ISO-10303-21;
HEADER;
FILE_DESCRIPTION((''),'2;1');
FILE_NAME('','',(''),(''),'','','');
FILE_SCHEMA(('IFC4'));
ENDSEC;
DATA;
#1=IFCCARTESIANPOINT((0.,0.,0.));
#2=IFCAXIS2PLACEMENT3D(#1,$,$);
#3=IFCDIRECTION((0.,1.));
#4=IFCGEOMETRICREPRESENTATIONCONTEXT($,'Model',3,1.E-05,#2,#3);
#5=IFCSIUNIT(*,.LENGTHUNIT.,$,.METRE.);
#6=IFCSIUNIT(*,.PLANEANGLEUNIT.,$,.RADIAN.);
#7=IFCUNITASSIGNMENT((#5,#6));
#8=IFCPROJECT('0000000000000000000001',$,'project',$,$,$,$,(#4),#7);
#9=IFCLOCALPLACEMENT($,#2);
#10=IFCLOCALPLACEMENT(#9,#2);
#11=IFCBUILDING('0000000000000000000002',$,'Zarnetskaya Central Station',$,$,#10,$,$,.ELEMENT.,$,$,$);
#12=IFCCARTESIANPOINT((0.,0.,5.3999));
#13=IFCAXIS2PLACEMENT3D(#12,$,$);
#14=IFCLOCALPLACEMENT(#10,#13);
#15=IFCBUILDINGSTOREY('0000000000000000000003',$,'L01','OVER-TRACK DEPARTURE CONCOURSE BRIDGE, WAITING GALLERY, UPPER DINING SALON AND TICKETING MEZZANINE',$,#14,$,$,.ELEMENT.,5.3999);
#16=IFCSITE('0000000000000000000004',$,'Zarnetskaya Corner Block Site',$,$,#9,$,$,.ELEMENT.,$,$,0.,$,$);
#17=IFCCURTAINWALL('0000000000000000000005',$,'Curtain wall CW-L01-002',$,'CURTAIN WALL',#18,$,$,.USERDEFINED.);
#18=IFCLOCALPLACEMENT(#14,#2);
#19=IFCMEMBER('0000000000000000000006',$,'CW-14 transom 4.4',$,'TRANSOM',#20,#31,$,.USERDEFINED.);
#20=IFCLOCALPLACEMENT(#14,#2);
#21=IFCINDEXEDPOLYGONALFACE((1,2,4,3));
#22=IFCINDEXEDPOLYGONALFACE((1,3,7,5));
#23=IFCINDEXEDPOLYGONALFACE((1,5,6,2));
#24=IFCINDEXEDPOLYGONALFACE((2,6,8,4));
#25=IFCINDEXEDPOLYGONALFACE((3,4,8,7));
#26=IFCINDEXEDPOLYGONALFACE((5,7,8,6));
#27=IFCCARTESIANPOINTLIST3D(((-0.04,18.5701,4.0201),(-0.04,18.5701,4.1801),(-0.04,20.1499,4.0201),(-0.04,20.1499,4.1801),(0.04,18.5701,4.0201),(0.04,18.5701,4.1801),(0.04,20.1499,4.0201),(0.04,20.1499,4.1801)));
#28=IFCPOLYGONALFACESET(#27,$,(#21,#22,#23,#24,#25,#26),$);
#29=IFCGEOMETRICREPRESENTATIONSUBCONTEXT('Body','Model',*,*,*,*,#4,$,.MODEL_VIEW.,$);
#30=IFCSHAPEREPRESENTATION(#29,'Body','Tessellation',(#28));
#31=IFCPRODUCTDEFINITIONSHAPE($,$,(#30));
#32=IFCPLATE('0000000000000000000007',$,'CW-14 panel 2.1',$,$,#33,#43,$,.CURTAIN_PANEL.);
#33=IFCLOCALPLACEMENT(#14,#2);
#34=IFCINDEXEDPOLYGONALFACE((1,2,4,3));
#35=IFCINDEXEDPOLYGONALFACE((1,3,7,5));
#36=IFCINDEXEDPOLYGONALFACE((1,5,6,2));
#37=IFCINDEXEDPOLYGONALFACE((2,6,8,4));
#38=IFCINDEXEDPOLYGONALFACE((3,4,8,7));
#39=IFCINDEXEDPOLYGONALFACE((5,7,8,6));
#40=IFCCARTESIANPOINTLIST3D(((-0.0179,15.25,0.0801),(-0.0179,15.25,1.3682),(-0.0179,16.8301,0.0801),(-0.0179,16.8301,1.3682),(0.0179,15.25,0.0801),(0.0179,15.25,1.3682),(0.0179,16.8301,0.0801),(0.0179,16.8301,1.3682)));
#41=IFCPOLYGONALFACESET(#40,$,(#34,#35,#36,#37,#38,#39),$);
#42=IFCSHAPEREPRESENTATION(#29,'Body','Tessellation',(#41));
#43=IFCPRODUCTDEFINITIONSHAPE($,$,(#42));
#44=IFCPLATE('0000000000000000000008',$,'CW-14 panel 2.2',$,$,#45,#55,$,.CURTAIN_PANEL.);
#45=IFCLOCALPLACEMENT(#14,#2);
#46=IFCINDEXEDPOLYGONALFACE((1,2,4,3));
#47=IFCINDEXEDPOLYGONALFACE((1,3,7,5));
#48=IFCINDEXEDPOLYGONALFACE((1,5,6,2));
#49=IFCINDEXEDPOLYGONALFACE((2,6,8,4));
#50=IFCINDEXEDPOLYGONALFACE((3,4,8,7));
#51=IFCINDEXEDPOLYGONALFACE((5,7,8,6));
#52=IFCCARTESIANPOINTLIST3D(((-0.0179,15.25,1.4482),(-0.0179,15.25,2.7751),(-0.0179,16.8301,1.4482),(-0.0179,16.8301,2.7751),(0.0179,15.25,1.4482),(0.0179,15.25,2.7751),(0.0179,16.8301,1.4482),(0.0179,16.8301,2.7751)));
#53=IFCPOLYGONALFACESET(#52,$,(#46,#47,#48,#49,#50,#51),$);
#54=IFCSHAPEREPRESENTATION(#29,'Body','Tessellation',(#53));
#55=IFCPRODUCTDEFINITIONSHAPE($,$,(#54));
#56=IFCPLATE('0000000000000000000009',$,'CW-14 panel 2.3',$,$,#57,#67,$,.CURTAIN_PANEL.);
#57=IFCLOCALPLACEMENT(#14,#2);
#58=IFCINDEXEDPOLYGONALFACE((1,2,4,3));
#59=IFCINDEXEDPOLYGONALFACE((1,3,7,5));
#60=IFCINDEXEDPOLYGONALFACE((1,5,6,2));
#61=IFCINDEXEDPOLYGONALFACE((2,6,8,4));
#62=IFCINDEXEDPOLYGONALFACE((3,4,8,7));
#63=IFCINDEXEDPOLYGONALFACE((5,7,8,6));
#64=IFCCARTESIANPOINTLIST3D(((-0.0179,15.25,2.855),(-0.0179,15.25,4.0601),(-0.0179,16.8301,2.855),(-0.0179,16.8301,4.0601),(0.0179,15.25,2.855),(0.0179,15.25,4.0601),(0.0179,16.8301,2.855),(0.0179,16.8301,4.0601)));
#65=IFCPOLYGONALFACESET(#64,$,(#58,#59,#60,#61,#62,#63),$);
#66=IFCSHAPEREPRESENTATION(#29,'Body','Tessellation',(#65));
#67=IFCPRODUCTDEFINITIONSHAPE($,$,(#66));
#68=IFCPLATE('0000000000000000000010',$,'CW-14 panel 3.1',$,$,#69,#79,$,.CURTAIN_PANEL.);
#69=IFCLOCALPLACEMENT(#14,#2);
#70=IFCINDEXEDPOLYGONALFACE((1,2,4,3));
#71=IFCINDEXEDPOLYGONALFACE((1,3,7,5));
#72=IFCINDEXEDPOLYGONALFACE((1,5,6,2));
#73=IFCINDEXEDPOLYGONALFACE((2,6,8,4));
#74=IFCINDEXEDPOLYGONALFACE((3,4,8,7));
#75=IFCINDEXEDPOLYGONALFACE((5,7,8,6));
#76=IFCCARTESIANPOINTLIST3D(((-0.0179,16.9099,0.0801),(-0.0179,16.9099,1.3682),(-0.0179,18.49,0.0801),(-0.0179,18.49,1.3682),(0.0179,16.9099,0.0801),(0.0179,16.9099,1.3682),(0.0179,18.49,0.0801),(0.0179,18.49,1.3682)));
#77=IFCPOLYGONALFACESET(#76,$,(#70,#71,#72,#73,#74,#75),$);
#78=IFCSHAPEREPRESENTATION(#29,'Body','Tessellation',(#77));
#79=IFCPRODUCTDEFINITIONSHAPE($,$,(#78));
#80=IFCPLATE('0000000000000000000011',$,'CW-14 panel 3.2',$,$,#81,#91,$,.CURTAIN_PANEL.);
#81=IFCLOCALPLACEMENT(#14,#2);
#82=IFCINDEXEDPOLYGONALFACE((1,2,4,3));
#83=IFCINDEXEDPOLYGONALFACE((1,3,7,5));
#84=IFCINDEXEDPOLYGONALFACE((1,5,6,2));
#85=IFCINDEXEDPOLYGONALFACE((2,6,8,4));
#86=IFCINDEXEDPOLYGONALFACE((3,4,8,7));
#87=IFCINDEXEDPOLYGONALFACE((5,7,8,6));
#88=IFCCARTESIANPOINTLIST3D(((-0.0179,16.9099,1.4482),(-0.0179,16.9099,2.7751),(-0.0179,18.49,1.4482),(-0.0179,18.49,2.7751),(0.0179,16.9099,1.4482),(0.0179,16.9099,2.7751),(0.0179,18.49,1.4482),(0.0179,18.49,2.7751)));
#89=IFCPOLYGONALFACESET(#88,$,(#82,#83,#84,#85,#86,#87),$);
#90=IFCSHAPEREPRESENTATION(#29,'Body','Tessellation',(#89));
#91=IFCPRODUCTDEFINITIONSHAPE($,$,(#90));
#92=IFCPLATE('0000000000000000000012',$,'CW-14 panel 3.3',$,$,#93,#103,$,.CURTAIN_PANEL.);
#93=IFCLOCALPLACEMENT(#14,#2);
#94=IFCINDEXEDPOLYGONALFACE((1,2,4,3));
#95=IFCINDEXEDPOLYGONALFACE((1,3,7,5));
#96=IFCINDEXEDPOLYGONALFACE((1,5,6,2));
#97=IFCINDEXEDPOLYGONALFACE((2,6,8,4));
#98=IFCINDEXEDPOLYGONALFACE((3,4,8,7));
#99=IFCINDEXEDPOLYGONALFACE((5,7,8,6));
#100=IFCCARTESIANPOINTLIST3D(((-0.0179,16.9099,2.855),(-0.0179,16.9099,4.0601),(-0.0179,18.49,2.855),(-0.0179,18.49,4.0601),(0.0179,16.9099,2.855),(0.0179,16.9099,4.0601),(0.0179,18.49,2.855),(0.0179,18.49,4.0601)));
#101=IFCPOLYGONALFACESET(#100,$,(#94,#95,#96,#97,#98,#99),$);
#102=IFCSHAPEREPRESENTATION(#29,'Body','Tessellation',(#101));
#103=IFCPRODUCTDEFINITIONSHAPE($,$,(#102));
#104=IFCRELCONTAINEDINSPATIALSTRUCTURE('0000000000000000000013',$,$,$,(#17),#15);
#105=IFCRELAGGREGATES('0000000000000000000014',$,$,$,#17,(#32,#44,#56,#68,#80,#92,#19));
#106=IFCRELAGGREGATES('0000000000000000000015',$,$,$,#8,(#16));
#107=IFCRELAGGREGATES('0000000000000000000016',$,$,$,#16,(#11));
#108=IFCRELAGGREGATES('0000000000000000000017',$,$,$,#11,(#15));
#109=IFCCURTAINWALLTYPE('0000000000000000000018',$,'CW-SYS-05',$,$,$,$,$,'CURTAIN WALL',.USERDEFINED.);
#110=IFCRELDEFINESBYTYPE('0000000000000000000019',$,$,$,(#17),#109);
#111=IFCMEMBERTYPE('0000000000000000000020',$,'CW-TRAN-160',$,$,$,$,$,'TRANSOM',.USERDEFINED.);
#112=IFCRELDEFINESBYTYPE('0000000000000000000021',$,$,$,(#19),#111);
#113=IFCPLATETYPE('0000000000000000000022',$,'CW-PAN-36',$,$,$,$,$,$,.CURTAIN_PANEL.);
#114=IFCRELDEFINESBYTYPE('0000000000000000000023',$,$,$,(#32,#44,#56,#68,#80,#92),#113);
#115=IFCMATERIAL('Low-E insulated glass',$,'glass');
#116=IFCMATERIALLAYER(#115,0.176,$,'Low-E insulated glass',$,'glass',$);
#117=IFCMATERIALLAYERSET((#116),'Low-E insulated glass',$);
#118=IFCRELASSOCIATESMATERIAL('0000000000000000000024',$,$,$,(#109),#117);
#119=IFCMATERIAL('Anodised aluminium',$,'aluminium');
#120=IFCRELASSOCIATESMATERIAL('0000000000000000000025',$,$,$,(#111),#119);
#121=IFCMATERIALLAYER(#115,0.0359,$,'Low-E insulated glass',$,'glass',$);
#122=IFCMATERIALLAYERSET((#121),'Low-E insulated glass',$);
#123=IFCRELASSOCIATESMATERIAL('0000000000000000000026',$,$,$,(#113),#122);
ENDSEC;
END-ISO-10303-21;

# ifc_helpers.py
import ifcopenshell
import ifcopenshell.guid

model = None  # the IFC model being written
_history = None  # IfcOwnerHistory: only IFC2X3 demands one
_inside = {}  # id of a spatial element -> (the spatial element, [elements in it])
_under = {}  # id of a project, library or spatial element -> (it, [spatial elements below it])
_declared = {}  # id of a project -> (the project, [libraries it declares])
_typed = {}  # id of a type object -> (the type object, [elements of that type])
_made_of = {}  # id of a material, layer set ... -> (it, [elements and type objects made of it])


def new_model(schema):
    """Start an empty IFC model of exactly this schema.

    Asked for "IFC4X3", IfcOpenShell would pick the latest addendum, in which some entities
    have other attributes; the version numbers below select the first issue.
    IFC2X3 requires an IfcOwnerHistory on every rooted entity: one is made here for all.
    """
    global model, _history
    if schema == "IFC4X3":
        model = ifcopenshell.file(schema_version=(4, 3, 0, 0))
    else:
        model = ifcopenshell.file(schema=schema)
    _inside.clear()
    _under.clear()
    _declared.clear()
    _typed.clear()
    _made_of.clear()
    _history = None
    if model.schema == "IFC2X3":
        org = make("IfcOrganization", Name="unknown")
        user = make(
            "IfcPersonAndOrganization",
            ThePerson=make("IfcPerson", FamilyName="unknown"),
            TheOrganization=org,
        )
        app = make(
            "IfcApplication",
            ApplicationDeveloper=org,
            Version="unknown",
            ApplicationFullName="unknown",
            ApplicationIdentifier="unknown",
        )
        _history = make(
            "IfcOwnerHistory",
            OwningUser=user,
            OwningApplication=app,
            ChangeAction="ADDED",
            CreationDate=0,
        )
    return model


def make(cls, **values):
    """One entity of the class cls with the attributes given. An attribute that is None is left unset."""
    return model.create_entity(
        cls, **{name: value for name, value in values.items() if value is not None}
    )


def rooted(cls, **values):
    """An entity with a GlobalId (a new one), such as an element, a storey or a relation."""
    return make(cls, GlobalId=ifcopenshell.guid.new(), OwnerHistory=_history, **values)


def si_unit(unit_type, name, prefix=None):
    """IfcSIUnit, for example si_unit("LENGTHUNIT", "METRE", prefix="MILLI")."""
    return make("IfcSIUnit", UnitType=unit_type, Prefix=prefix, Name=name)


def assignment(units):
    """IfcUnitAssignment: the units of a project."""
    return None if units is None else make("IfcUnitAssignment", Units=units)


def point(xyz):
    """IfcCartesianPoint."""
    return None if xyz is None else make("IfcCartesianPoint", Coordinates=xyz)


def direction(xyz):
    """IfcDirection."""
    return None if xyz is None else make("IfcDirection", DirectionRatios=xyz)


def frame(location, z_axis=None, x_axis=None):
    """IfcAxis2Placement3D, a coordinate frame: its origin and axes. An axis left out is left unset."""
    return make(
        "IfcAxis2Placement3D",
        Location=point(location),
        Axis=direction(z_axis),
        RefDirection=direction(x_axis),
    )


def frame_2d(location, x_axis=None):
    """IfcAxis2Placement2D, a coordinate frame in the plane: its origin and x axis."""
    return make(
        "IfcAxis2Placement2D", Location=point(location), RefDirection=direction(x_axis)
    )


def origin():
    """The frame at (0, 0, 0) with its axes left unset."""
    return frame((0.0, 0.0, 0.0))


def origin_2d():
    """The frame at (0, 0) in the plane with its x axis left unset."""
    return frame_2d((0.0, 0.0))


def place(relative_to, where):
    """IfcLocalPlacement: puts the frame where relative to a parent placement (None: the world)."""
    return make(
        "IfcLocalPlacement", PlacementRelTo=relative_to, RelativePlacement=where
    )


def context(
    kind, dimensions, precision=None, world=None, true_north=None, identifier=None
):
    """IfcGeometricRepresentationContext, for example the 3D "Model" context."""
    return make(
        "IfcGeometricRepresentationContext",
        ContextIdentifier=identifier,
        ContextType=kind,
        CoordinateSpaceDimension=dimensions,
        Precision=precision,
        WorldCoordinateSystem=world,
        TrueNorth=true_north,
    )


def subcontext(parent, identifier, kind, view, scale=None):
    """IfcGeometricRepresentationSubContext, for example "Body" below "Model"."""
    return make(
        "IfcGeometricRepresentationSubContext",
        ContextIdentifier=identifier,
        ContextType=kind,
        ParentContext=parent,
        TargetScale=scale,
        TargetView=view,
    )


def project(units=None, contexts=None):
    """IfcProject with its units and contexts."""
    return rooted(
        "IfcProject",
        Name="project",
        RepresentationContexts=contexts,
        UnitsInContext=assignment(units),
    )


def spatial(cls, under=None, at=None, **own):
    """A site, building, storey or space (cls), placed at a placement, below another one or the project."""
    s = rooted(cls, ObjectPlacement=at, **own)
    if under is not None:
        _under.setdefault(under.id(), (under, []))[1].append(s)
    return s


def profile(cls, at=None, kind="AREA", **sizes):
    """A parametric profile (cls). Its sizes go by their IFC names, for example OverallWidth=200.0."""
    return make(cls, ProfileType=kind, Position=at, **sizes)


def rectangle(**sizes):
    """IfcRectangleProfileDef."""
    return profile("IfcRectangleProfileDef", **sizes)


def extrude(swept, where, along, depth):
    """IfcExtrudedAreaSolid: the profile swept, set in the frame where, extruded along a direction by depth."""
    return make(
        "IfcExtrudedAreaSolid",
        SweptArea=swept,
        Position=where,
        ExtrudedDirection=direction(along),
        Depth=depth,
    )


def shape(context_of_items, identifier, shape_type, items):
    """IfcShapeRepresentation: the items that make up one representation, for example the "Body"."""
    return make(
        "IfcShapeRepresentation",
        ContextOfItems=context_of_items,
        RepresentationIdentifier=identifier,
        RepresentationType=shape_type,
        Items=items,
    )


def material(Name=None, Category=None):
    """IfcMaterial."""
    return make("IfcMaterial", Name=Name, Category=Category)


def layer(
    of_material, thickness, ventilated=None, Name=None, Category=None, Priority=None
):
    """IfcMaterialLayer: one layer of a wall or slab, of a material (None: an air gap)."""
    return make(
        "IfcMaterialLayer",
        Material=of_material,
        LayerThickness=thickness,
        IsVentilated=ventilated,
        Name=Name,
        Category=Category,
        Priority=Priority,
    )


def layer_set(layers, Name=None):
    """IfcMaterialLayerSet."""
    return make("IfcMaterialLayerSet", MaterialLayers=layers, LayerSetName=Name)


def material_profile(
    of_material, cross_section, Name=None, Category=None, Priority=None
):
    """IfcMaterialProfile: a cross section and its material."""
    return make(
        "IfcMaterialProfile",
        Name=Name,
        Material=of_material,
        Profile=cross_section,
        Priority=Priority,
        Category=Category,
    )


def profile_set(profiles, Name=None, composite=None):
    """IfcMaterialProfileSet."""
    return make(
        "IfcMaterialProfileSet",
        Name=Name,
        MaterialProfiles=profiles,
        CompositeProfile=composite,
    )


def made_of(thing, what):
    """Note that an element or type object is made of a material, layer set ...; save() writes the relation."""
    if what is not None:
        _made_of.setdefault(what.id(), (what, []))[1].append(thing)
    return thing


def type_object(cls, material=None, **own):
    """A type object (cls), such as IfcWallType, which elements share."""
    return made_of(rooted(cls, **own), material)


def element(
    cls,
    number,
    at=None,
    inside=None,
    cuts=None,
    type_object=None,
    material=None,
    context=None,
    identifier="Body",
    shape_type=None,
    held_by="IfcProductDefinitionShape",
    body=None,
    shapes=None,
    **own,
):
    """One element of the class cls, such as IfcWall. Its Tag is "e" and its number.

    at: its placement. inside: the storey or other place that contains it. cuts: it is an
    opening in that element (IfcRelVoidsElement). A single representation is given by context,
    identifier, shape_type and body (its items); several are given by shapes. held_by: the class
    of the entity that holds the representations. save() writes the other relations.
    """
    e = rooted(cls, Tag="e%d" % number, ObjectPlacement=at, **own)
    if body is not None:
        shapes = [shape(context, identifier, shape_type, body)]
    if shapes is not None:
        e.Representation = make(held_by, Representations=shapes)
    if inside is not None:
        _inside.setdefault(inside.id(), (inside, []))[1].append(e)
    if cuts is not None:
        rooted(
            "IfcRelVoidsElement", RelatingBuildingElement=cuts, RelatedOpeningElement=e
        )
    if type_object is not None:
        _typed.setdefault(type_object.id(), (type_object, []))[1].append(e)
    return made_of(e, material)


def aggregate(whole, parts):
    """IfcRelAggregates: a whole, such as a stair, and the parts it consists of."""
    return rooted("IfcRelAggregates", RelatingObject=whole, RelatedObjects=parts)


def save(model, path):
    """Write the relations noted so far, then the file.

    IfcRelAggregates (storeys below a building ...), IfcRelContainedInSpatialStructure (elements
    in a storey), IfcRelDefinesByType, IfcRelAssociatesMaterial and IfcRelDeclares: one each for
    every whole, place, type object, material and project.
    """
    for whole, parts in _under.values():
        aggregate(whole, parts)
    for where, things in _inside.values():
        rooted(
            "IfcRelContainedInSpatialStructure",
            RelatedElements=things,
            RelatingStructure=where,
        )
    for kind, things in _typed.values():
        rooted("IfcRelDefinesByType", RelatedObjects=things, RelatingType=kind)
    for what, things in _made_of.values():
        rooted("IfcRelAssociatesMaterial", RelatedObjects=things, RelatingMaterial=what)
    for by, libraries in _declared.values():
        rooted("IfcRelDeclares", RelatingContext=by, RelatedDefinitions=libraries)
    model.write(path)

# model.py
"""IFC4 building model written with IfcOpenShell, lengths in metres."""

from ifc_helpers import new_model, si_unit, direction, frame, origin, origin_2d, place, context, subcontext, project, spatial, rectangle, extrude, material, layer, layer_set, material_profile, profile_set, type_object, element, aggregate, save


model = new_model("IFC4")

# Units and contexts
model_context = context("Model", 3, precision=1e-05, world=origin(), true_north=direction((0.0, 1.0)))
body_context = subcontext(model_context, "Body", "Model", "MODEL_VIEW")
ifc_project = project(units=[si_unit("LENGTHUNIT", "METRE"), si_unit("PLANEANGLEUNIT", "RADIAN")], contexts=[model_context])

# Site, building, storey
site_placement = place(None, origin())
site = spatial("IfcSite", under=ifc_project, at=site_placement, Name="Zarnetskaya Corner Block Site", CompositionType="ELEMENT", RefElevation=0.0)
building_placement = place(site_placement, origin())
building = spatial("IfcBuilding", under=site, at=building_placement, Name="Zarnetskaya Central Station", CompositionType="ELEMENT")
storey_placement = place(building_placement, frame((0.0, 0.0, 5.3999)))
storey = spatial("IfcBuildingStorey", under=building, at=storey_placement, Name="L01", Description="OVER-TRACK DEPARTURE CONCOURSE BRIDGE, WAITING GALLERY, UPPER DINING SALON AND TICKETING MEZZANINE", CompositionType="ELEMENT", Elevation=5.3999)

# Curtain wall, member, plates
ifc_material_1 = material(Name="Low-E insulated glass", Category="glass")
ifc_layer_1 = layer(ifc_material_1, 0.176, Name="Low-E insulated glass", Category="glass")
ifc_layer_set_1 = layer_set([ifc_layer_1], Name="Low-E insulated glass")
curtain_wall_type = type_object("IfcCurtainWallType", Name="CW-SYS-05", ElementType="CURTAIN WALL", PredefinedType="USERDEFINED", material=ifc_layer_set_1)
curtain_wall_placement = place(storey_placement, origin())
curtain_wall = element("IfcCurtainWall", 1, at=curtain_wall_placement, inside=storey, type_object=curtain_wall_type, Name="Curtain wall CW-L01-002", ObjectType="CURTAIN WALL", PredefinedType="USERDEFINED")
ifc_material_2 = material(Name="Anodised aluminium", Category="aluminium")
ifc_material_profile_1 = material_profile(ifc_material_2, rectangle(XDim=0.0801, YDim=0.1599, at=origin_2d()), Name="ALU TRAN 80x160")
ifc_profile_set_1 = profile_set([ifc_material_profile_1], Name="Anodised aluminium")
member_type_1 = type_object("IfcMemberType", Name="CW-TRAN-160", ElementType="TRANSOM", PredefinedType="USERDEFINED", material=ifc_profile_set_1)
member_1_placement = place(storey_placement, frame((0.0, 18.5701, 4.1001), z_axis=(0.0, 1.0, 0.0), x_axis=(-1.0, 0.0, 0.0)))
member_1 = element("IfcMember", 2, at=member_1_placement, type_object=member_type_1, Name="CW-14 transom 4.4", ObjectType="TRANSOM", PredefinedType="USERDEFINED", context=body_context, shape_type="SweptSolid", body=[
    extrude(rectangle(XDim=0.0801, YDim=0.1599, at=origin_2d()), origin(), (0.0, 0.0, 1.0), 1.5798),
])
ifc_layer_2 = layer(ifc_material_1, 0.0359, Name="Low-E insulated glass", Category="glass")
ifc_layer_set_2 = layer_set([ifc_layer_2], Name="Low-E insulated glass")
plate_type = type_object("IfcPlateType", Name="CW-PAN-36", PredefinedType="CURTAIN_PANEL", material=ifc_layer_set_2)
plate_1_placement = place(storey_placement, frame((0.0, 16.04, 0.0801), z_axis=(0.0, 0.0, 1.0), x_axis=(0.0, 1.0, 0.0)))
plate_1 = element("IfcPlate", 3, at=plate_1_placement, type_object=plate_type, Name="CW-14 panel 2.1", PredefinedType="CURTAIN_PANEL", context=body_context, shape_type="SweptSolid", body=[
    extrude(rectangle(XDim=1.5801, YDim=0.0359, at=origin_2d()), origin(), (0.0, 0.0, 1.0), 1.2881),
])
plate_2_placement = place(storey_placement, frame((0.0, 16.04, 1.4482), z_axis=(0.0, 0.0, 1.0), x_axis=(0.0, 1.0, 0.0)))
plate_2 = element("IfcPlate", 4, at=plate_2_placement, type_object=plate_type, Name="CW-14 panel 2.2", PredefinedType="CURTAIN_PANEL", context=body_context, shape_type="SweptSolid", body=[
    extrude(rectangle(XDim=1.5801, YDim=0.0359, at=origin_2d()), origin(), (0.0, 0.0, 1.0), 1.3269),
])
plate_3_placement = place(storey_placement, frame((0.0, 16.04, 2.855), z_axis=(0.0, 0.0, 1.0), x_axis=(0.0, 1.0, 0.0)))
plate_3 = element("IfcPlate", 5, at=plate_3_placement, type_object=plate_type, Name="CW-14 panel 2.3", PredefinedType="CURTAIN_PANEL", context=body_context, shape_type="SweptSolid", body=[
    extrude(rectangle(XDim=1.5801, YDim=0.0359, at=origin_2d()), origin(), (0.0, 0.0, 1.0), 1.2051),
])
plate_4_placement = place(storey_placement, frame((0.0, 17.7, 0.0801), z_axis=(0.0, 0.0, 1.0), x_axis=(0.0, 1.0, 0.0)))
plate_4 = element("IfcPlate", 6, at=plate_4_placement, type_object=plate_type, Name="CW-14 panel 3.1", PredefinedType="CURTAIN_PANEL", context=body_context, shape_type="SweptSolid", body=[
    extrude(rectangle(XDim=1.5801, YDim=0.0359, at=origin_2d()), origin(), (0.0, 0.0, 1.0), 1.2881),
])
plate_5_placement = place(storey_placement, frame((0.0, 17.7, 1.4482), z_axis=(0.0, 0.0, 1.0), x_axis=(0.0, 1.0, 0.0)))
plate_5 = element("IfcPlate", 7, at=plate_5_placement, type_object=plate_type, Name="CW-14 panel 3.2", PredefinedType="CURTAIN_PANEL", context=body_context, shape_type="SweptSolid", body=[
    extrude(rectangle(XDim=1.5801, YDim=0.0359, at=origin_2d()), origin(), (0.0, 0.0, 1.0), 1.3269),
])
plate_6_placement = place(storey_placement, frame((0.0, 17.7, 2.855), z_axis=(0.0, 0.0, 1.0), x_axis=(0.0, 1.0, 0.0)))
plate_6 = element("IfcPlate", 8, at=plate_6_placement, type_object=plate_type, Name="CW-14 panel 3.3", PredefinedType="CURTAIN_PANEL", context=body_context, shape_type="SweptSolid", body=[
    extrude(rectangle(XDim=1.5801, YDim=0.0359, at=origin_2d()), origin(), (0.0, 0.0, 1.0), 1.2051),
])
aggregate(curtain_wall, [plate_1, plate_2, plate_3, plate_4, plate_5, plate_6, member_1])

save(model, "model.ifc")
